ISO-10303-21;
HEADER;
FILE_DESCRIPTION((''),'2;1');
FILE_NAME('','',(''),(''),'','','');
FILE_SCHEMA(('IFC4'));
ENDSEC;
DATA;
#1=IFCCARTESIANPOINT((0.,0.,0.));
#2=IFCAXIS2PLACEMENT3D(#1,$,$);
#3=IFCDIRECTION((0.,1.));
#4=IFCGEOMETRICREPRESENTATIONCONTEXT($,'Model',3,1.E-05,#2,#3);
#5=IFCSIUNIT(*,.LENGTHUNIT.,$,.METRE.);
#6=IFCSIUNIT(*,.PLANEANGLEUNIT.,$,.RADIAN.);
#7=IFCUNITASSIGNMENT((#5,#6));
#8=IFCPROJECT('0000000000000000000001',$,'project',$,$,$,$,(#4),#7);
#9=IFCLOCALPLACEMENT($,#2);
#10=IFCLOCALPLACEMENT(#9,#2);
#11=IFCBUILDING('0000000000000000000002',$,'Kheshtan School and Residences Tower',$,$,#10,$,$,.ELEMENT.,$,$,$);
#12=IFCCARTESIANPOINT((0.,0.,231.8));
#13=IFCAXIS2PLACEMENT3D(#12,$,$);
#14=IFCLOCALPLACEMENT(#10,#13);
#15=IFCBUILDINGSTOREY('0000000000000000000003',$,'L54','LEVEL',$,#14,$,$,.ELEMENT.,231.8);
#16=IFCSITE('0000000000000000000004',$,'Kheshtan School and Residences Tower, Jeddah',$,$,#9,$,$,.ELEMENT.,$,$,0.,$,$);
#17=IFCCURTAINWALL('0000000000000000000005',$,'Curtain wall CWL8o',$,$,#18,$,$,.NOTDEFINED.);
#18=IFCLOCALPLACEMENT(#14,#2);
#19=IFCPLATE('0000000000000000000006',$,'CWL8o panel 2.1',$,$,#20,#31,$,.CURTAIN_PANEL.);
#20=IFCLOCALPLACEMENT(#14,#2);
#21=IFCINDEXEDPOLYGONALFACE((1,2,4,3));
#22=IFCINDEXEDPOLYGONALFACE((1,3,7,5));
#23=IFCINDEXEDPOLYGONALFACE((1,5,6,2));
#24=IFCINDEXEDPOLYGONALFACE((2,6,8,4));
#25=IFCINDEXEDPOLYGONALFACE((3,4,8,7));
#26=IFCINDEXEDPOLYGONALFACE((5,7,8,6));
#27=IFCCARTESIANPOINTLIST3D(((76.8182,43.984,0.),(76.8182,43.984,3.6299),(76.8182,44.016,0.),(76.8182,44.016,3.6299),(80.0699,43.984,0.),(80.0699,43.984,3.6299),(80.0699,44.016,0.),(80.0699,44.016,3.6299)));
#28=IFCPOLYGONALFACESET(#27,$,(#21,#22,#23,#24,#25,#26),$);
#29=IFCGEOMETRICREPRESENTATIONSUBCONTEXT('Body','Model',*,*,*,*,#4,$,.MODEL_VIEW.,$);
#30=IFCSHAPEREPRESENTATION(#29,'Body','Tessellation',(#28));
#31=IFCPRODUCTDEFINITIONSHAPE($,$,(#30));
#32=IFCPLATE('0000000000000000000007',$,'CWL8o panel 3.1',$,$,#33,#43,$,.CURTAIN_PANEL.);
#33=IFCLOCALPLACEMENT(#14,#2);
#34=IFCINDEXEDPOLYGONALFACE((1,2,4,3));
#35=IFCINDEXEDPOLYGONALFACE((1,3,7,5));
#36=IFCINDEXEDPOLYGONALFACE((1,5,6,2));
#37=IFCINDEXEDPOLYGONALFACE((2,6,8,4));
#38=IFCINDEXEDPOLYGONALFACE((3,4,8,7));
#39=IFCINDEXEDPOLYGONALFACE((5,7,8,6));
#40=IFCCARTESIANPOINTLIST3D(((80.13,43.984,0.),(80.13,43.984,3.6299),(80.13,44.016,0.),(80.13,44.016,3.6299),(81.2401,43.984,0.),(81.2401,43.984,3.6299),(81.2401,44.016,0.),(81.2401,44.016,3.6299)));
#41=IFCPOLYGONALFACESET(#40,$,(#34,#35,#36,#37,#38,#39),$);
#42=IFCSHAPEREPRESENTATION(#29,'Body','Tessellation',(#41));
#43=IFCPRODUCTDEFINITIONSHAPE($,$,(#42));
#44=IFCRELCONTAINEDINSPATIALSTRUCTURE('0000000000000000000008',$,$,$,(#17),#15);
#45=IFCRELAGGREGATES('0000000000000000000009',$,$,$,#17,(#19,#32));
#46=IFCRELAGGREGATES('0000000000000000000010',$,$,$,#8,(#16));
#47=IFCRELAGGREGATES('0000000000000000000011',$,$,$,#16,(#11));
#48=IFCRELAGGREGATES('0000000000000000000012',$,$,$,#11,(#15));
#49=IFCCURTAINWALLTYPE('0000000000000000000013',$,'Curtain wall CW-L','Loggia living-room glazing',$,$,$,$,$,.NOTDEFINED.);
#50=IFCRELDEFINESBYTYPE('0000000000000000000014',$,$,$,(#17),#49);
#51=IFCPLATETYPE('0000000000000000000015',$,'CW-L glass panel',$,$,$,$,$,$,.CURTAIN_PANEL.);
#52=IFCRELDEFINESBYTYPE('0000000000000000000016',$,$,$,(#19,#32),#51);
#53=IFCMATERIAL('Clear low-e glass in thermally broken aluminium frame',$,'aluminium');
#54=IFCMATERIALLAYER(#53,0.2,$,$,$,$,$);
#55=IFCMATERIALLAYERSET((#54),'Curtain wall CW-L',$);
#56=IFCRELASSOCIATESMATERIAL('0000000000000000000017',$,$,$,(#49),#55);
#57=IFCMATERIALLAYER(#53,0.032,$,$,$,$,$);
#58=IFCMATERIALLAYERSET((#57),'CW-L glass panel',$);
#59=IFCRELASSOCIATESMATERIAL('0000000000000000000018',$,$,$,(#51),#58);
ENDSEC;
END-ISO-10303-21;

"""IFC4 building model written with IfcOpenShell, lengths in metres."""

from ifc_helpers import new_model, si_unit, direction, frame, origin, origin_2d, place, context, subcontext, project, spatial, rectangle, extrude, material, layer, layer_set, type_object, element, aggregate, save


model = new_model("IFC4")

# Units and contexts
model_context = context("Model", 3, precision=1e-05, world=origin(), true_north=direction((0.0, 1.0)))
body_context = subcontext(model_context, "Body", "Model", "MODEL_VIEW")
ifc_project = project(units=[si_unit("LENGTHUNIT", "METRE"), si_unit("PLANEANGLEUNIT", "RADIAN")], contexts=[model_context])

# Site, building, storey
site_placement = place(None, origin())
site = spatial("IfcSite", under=ifc_project, at=site_placement, Name="Kheshtan School and Residences Tower, Jeddah", CompositionType="ELEMENT", RefElevation=0.0)
building_placement = place(site_placement, origin())
building = spatial("IfcBuilding", under=site, at=building_placement, Name="Kheshtan School and Residences Tower", CompositionType="ELEMENT")
storey_placement = place(building_placement, frame((0.0, 0.0, 231.8)))
storey = spatial("IfcBuildingStorey", under=building, at=storey_placement, Name="L54", Description="LEVEL", CompositionType="ELEMENT", Elevation=231.8)

# Curtain wall
ifc_material_1 = material(Name="Clear low-e glass in thermally broken aluminium frame", Category="aluminium")
ifc_layer_1 = layer(ifc_material_1, 0.2)
ifc_layer_set_1 = layer_set([ifc_layer_1], Name="Curtain wall CW-L")
curtain_wall_type = type_object("IfcCurtainWallType", Name="Curtain wall CW-L", Description="Loggia living-room glazing", PredefinedType="NOTDEFINED", material=ifc_layer_set_1)
curtain_wall_1_placement = place(storey_placement, origin())
curtain_wall_1 = element("IfcCurtainWall", 1, at=curtain_wall_1_placement, inside=storey, type_object=curtain_wall_type, Name="Curtain wall CWL8o", PredefinedType="NOTDEFINED")

# Shared definitions
ifc_layer_2 = layer(ifc_material_1, 0.032)
ifc_layer_set_2 = layer_set([ifc_layer_2], Name="CW-L glass panel")
plate_type = type_object("IfcPlateType", Name="CW-L glass panel", PredefinedType="CURTAIN_PANEL", material=ifc_layer_set_2)

# Plates
plate_1_placement = place(storey_placement, frame((78.4441, 44.0, 0.0), z_axis=(0.0, 0.0, 1.0), x_axis=(1.0, 0.0, 0.0)))
plate_1 = element("IfcPlate", 2, at=plate_1_placement, type_object=plate_type, Name="CWL8o panel 2.1", PredefinedType="CURTAIN_PANEL", context=body_context, shape_type="SweptSolid", body=[
    extrude(rectangle(XDim=3.2517, YDim=0.032, at=origin_2d()), origin(), (0.0, 0.0, 1.0), 3.6299),
])
plate_2_placement = place(storey_placement, frame((80.6851, 44.0, 0.0), z_axis=(0.0, 0.0, 1.0), x_axis=(1.0, 0.0, 0.0)))
plate_2 = element("IfcPlate", 3, at=plate_2_placement, type_object=plate_type, Name="CWL8o panel 3.1", PredefinedType="CURTAIN_PANEL", context=body_context, shape_type="SweptSolid", body=[
    extrude(rectangle(XDim=1.1101, YDim=0.032, at=origin_2d()), origin(), (0.0, 0.0, 1.0), 3.6299),
])
aggregate(curtain_wall_1, [plate_1, plate_2])

save(model, "model.ifc")
